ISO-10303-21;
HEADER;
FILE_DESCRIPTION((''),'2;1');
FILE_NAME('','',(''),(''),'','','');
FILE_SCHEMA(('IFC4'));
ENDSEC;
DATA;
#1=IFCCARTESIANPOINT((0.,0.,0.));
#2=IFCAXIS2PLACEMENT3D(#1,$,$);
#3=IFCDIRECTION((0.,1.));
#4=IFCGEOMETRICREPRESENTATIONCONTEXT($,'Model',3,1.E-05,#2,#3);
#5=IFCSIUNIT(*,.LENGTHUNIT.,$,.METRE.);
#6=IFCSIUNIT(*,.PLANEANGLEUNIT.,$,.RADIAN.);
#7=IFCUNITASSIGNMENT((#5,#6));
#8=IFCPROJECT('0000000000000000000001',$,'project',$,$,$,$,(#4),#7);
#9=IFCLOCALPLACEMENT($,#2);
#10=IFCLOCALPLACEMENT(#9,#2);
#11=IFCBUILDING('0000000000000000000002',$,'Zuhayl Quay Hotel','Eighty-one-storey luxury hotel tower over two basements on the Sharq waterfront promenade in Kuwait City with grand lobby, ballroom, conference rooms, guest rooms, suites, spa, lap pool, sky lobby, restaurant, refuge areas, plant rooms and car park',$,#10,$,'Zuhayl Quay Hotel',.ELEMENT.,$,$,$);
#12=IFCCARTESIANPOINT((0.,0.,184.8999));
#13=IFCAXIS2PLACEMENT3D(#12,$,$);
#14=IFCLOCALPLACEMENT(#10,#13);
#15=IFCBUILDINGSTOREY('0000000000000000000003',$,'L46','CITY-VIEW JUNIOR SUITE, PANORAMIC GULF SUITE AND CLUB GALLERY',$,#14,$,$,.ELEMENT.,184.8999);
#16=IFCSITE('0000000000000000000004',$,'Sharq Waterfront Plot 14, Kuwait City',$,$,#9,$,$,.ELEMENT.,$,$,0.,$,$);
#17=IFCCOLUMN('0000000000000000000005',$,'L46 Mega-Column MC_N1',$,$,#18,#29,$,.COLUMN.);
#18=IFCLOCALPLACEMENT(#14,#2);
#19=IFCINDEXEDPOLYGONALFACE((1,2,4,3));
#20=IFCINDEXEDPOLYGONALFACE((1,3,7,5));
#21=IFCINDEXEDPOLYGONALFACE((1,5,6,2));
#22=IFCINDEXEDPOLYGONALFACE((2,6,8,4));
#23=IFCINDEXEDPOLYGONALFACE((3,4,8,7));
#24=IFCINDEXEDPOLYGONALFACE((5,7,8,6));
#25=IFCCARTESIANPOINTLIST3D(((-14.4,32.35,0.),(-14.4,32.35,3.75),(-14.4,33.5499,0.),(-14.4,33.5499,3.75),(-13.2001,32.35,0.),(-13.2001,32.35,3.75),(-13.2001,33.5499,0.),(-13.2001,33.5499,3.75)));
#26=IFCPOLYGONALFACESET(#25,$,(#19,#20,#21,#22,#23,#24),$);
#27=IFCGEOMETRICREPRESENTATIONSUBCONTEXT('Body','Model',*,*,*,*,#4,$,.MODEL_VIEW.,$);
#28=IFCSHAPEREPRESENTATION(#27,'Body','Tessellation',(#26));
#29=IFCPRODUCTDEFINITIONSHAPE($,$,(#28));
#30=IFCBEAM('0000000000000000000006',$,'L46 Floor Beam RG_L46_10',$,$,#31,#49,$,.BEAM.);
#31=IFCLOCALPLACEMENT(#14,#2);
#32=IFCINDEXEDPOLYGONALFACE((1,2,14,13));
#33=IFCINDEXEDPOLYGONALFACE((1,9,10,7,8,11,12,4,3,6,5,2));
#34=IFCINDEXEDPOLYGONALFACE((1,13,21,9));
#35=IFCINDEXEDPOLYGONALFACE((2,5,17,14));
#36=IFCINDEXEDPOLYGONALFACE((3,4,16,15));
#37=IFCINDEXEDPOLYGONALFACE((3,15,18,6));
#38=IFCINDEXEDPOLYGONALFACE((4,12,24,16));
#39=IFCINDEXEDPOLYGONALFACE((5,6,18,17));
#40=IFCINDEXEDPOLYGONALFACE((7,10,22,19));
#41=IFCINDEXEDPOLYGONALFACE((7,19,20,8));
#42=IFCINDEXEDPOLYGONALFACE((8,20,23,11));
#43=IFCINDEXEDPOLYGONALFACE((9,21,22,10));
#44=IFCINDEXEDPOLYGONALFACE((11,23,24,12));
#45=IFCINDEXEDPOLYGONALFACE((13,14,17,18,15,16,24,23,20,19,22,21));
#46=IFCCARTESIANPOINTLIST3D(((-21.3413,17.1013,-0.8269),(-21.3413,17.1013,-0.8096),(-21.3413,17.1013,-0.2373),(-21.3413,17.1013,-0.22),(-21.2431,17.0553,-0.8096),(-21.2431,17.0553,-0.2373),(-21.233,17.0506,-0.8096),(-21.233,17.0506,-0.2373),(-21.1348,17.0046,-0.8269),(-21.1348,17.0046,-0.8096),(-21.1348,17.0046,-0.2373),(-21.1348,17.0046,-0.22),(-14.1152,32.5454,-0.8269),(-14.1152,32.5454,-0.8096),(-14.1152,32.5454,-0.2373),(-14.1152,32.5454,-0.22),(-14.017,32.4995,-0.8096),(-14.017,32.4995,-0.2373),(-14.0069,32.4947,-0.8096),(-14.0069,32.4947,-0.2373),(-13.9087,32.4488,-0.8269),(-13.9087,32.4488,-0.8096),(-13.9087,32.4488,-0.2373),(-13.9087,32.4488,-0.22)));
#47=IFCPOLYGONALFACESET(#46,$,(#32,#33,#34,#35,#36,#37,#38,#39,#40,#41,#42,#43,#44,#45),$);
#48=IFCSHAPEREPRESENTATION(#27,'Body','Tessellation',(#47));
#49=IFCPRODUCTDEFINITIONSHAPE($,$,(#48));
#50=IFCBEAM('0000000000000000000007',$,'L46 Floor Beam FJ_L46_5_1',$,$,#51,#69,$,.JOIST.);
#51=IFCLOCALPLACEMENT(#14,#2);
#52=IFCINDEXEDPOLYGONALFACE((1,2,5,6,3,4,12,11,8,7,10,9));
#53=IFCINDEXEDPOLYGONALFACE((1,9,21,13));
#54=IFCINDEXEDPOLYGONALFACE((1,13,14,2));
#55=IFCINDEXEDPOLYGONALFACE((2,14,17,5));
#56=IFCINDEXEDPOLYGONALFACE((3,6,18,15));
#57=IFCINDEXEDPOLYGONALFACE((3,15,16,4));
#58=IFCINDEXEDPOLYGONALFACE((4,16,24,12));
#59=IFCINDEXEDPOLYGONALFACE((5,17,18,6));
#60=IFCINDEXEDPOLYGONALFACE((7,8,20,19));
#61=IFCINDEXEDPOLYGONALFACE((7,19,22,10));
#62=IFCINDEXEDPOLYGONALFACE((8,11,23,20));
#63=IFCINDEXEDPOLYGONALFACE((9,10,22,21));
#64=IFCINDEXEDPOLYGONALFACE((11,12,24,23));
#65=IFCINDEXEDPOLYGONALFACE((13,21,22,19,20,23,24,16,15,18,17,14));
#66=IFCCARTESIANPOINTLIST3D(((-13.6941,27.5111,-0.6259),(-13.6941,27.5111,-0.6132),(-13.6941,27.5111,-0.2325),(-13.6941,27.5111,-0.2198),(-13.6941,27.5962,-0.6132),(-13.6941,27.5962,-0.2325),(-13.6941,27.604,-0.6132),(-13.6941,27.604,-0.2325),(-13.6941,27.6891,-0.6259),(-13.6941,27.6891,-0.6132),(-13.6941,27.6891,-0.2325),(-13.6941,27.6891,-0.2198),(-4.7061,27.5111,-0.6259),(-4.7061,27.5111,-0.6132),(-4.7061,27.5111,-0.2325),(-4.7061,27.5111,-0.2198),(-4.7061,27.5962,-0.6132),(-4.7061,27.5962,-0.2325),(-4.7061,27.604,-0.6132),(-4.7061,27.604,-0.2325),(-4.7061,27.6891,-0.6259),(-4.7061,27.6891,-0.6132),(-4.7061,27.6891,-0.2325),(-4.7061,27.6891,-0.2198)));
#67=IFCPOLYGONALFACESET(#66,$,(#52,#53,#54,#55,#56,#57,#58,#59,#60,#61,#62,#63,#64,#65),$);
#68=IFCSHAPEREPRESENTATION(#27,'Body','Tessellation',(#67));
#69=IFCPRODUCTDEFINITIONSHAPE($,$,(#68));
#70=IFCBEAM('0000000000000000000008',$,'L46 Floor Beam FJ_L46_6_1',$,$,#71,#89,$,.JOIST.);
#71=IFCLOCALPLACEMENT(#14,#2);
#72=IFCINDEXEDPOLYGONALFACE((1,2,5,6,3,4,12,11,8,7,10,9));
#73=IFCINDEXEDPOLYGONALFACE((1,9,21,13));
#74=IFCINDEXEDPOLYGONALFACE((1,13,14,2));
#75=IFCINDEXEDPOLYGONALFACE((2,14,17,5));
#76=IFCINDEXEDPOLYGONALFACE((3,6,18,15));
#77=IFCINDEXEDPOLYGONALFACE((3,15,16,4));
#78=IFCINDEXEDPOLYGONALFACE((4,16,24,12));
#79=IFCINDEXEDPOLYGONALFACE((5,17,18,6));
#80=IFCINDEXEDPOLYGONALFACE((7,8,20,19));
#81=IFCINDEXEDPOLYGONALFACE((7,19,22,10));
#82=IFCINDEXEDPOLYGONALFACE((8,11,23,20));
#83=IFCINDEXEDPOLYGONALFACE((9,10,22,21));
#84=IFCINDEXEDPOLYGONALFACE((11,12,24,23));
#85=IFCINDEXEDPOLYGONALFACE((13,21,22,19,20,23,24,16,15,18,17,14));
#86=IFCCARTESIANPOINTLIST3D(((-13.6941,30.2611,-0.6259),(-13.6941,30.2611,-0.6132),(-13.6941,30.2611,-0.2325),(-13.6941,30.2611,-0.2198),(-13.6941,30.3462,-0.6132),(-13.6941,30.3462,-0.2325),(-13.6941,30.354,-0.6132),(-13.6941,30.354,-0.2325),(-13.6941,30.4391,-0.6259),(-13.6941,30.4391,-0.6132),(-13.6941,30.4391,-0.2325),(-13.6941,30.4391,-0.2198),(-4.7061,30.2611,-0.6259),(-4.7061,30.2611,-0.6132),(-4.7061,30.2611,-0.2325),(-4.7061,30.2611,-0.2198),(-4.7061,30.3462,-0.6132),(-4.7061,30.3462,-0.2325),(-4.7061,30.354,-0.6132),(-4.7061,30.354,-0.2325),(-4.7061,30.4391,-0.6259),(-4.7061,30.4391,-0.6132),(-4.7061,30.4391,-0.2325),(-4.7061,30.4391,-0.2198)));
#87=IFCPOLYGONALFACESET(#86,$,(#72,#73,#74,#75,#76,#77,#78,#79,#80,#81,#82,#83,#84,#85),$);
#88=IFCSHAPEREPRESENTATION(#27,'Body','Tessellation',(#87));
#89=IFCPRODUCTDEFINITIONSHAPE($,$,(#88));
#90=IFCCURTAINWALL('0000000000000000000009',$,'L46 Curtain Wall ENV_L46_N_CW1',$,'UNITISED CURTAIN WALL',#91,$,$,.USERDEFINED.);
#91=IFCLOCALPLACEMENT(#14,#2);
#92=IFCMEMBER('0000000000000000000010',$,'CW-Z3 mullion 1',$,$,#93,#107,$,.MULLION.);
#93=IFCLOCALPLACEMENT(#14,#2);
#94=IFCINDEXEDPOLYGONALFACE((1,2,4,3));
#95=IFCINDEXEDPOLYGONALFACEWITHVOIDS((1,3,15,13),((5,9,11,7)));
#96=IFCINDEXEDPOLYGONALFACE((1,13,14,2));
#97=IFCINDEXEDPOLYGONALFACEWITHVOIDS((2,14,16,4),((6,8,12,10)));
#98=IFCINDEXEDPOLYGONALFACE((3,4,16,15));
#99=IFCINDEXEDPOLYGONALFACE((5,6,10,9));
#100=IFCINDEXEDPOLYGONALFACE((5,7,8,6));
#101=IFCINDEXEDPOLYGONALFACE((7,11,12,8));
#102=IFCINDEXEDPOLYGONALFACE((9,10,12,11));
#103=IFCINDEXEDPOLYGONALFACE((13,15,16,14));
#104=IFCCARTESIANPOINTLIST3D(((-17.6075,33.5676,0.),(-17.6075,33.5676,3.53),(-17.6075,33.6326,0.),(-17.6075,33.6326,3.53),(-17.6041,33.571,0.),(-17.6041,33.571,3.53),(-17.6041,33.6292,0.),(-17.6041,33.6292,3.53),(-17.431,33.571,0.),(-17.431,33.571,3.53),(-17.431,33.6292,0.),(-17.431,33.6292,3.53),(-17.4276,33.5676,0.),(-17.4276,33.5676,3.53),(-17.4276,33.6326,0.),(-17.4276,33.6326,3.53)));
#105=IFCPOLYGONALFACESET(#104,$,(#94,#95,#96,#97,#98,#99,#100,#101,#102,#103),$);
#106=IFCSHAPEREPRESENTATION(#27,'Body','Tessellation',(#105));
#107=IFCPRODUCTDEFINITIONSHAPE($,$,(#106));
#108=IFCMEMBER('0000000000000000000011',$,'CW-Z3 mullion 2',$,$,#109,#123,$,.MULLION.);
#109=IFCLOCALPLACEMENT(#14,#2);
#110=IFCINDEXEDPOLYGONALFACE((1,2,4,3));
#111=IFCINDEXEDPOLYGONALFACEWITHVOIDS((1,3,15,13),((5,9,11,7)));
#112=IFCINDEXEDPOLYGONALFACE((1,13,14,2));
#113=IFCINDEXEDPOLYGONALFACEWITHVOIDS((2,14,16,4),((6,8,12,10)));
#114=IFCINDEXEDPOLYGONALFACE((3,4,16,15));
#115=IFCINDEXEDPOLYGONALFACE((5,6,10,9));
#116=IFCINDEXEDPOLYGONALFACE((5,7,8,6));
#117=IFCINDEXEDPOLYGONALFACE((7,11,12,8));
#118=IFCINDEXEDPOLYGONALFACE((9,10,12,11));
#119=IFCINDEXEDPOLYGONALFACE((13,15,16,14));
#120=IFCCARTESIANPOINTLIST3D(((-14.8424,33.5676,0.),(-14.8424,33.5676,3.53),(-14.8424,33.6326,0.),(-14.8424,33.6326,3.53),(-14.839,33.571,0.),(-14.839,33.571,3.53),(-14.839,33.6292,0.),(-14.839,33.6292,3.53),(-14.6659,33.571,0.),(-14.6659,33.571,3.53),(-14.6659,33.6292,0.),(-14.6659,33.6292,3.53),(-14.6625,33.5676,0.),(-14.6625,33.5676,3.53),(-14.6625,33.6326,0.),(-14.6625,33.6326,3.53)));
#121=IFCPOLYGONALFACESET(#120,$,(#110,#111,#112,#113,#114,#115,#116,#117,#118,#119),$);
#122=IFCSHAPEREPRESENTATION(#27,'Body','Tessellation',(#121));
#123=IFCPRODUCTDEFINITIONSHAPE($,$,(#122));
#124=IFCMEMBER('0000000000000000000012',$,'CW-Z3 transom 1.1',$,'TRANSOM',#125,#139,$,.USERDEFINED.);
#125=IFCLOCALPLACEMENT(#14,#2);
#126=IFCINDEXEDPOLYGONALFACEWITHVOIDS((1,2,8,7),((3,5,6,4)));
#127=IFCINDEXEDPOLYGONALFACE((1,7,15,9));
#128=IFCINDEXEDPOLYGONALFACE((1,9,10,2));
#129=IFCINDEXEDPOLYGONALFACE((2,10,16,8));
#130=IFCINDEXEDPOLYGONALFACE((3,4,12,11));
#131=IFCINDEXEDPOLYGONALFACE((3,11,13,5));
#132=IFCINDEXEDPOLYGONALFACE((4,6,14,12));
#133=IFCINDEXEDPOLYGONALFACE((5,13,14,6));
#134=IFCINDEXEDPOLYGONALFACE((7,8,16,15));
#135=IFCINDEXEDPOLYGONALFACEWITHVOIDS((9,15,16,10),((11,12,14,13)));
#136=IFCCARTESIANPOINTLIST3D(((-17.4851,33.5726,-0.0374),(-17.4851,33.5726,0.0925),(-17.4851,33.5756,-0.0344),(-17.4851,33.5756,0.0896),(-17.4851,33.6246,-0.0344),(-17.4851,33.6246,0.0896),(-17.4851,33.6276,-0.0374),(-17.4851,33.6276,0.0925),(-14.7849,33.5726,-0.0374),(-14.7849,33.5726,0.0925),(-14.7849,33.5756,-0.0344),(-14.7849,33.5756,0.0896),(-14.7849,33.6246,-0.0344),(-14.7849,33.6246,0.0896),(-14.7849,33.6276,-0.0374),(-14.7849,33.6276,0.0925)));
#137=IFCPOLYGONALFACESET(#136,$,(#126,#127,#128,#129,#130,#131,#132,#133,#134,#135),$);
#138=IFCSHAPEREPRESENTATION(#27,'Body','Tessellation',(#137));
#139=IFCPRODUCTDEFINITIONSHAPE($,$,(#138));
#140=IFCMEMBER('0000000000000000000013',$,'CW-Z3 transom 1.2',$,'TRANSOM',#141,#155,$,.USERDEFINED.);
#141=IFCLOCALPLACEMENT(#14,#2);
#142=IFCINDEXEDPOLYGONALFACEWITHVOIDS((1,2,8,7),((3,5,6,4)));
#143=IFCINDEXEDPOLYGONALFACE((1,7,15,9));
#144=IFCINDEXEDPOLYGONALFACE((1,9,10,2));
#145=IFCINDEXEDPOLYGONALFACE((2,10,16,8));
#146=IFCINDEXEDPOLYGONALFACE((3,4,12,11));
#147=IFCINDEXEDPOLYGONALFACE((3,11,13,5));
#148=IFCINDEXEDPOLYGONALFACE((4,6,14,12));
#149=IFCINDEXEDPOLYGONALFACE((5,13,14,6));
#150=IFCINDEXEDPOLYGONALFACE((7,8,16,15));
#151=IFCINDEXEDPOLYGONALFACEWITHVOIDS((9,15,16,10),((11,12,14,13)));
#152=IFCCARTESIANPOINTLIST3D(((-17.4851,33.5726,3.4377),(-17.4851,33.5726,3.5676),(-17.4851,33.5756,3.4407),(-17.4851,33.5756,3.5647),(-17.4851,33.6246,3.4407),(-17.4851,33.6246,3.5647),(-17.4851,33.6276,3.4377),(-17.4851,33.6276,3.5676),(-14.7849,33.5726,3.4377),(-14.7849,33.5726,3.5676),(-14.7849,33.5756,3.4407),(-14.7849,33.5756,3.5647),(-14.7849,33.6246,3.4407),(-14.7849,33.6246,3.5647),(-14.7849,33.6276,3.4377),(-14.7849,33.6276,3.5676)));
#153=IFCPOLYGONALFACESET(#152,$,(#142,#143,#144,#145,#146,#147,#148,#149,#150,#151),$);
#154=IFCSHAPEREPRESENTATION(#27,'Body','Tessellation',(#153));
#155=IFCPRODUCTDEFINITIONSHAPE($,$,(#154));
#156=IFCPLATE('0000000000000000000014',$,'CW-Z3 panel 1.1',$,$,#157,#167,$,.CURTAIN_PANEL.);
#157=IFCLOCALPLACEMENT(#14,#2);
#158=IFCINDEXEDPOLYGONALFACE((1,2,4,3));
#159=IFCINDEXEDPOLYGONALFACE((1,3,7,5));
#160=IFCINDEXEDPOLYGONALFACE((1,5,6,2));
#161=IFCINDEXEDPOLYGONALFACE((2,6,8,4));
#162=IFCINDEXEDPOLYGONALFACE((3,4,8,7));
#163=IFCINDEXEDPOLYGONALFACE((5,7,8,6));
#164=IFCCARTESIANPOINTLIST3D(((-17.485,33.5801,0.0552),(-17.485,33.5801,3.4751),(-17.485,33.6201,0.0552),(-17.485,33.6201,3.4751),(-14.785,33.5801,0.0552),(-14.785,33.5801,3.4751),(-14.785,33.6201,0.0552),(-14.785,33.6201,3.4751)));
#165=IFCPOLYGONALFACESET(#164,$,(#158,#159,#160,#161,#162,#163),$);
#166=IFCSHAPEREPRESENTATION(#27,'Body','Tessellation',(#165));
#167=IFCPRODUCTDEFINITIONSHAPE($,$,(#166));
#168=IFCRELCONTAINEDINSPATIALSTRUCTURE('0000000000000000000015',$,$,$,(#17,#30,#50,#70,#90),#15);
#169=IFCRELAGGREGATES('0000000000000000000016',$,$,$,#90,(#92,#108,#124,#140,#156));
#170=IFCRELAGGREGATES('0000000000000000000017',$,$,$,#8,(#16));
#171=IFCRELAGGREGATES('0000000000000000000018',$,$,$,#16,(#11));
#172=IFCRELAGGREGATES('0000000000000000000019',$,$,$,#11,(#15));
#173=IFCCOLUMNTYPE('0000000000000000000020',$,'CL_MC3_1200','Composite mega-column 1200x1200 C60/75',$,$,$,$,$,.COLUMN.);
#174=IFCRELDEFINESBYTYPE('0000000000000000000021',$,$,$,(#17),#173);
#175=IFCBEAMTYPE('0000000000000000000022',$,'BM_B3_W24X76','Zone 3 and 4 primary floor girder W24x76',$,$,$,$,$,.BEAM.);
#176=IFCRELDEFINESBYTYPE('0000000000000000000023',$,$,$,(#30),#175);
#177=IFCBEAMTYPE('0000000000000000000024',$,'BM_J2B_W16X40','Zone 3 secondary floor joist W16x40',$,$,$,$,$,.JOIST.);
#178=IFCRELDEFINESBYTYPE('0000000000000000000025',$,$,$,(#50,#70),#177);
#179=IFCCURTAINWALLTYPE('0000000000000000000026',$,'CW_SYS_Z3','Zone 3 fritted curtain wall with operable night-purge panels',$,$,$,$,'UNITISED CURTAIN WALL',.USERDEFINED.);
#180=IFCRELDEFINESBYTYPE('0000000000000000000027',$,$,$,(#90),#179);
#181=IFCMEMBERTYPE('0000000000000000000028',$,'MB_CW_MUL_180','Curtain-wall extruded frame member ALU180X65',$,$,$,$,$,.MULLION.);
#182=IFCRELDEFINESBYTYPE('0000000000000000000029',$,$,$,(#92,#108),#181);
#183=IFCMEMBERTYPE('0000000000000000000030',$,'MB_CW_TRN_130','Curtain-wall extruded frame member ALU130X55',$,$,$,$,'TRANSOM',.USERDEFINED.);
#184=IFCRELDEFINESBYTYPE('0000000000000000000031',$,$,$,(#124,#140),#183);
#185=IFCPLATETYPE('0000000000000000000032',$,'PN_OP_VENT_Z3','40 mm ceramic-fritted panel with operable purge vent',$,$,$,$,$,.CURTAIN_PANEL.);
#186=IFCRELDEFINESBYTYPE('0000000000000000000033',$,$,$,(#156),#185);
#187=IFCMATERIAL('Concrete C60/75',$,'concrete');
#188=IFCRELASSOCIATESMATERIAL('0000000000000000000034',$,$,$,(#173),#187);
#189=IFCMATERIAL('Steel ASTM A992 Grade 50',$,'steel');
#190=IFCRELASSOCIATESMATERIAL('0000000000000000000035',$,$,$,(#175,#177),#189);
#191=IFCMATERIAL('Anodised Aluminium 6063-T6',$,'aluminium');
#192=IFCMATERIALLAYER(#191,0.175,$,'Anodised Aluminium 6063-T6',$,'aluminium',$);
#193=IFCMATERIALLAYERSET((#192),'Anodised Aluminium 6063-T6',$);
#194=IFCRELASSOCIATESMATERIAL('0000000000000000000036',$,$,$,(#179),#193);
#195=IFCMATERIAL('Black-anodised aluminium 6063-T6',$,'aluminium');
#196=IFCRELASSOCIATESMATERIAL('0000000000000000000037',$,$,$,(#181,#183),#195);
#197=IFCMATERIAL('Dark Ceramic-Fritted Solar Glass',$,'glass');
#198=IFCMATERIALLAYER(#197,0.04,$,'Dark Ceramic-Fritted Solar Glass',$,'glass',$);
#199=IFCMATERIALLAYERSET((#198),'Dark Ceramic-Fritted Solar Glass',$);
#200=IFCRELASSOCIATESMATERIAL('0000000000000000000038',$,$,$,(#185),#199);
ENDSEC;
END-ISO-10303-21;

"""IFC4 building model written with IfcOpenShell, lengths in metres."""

from ifc_helpers import new_model, si_unit, direction, frame, origin, origin_2d, place, context, subcontext, project, spatial, rectangle, hollow_rectangle, i_section, extrude, material, layer, layer_set, material_profile, profile_set, type_object, element, aggregate, save


model = new_model("IFC4")

# Units and contexts
model_context = context("Model", 3, precision=1e-05, world=origin(), true_north=direction((0.0, 1.0)))
body_context = subcontext(model_context, "Body", "Model", "MODEL_VIEW")
ifc_project = project(units=[si_unit("LENGTHUNIT", "METRE"), si_unit("PLANEANGLEUNIT", "RADIAN")], contexts=[model_context])

# Site, building, storey
site_placement = place(None, origin())
site = spatial("IfcSite", under=ifc_project, at=site_placement, Name="Sharq Waterfront Plot 14, Kuwait City", CompositionType="ELEMENT", RefElevation=0.0)
building_placement = place(site_placement, origin())
building = spatial("IfcBuilding", under=site, at=building_placement, Name="Zuhayl Quay Hotel", Description="Eighty-one-storey luxury hotel tower over two basements on the Sharq waterfront promenade in Kuwait City with grand lobby, ballroom, conference rooms, guest rooms, suites, spa, lap pool, sky lobby, restaurant, refuge areas, plant rooms and car park", LongName="Zuhayl Quay Hotel", CompositionType="ELEMENT")
storey_placement = place(building_placement, frame((0.0, 0.0, 184.8999)))
storey = spatial("IfcBuildingStorey", under=building, at=storey_placement, Name="L46", Description="CITY-VIEW JUNIOR SUITE, PANORAMIC GULF SUITE AND CLUB GALLERY", CompositionType="ELEMENT", Elevation=184.8999)

# Column
ifc_material_1 = material(Name="Concrete C60/75", Category="concrete")
ifc_material_profile_1 = material_profile(ifc_material_1, rectangle(XDim=1.2, YDim=1.2, at=origin_2d()), Name="RC1200X1200")
ifc_profile_set_1 = profile_set([ifc_material_profile_1], Name="Concrete C60/75")
column_type = type_object("IfcColumnType", Name="CL_MC3_1200", Description="Composite mega-column 1200x1200 C60/75", PredefinedType="COLUMN", material=ifc_profile_set_1)
column_placement = place(storey_placement, frame((-13.8, 32.95, 0.0), z_axis=(0.0, 0.0, 1.0), x_axis=(1.0, 0.0, 0.0)))
element("IfcColumn", 1, at=column_placement, inside=storey, type_object=column_type, Name="L46 Mega-Column MC_N1", PredefinedType="COLUMN", context=body_context, shape_type="SweptSolid", body=[
    extrude(rectangle(XDim=1.2, YDim=1.2, at=origin_2d()), origin(), (0.0, 0.0, 1.0), 3.75),
])

# Beams
ifc_material_2 = material(Name="Steel ASTM A992 Grade 50", Category="steel")
ifc_material_profile_2 = material_profile(ifc_material_2, i_section(OverallWidth=0.228, OverallDepth=0.6069, WebThickness=0.0112, FlangeThickness=0.0173, at=origin_2d()), Name="W24X76")
ifc_profile_set_2 = profile_set([ifc_material_profile_2], Name="Steel ASTM A992 Grade 50")
beam_type_1 = type_object("IfcBeamType", Name="BM_B3_W24X76", Description="Zone 3 and 4 primary floor girder W24x76", PredefinedType="BEAM", material=ifc_profile_set_2)
beam_placement = place(storey_placement, frame((-14.012, 32.4971, -0.5234), z_axis=(-0.423792, -0.905759, 0.0), x_axis=(0.905759, -0.423792, 0.0)))
element("IfcBeam", 2, at=beam_placement, inside=storey, type_object=beam_type_1, Name="L46 Floor Beam RG_L46_10", PredefinedType="BEAM", context=body_context, shape_type="SweptSolid", body=[
    extrude(i_section(OverallWidth=0.228, OverallDepth=0.6069, WebThickness=0.0112, FlangeThickness=0.0173, at=origin_2d()), origin(), (0.0, 0.0, 1.0), 17.051),
])
ifc_material_profile_3 = material_profile(ifc_material_2, i_section(OverallWidth=0.178, OverallDepth=0.406, WebThickness=0.0078, FlangeThickness=0.0127, at=origin_2d()), Name="W16X40")
ifc_profile_set_3 = profile_set([ifc_material_profile_3], Name="Steel ASTM A992 Grade 50")
beam_type_2 = type_object("IfcBeamType", Name="BM_J2B_W16X40", Description="Zone 3 secondary floor joist W16x40", PredefinedType="JOIST", material=ifc_profile_set_3)
for number, where, z_axis, x_axis, name in (
    (3, (-13.6941, 27.6001, -0.4229), (1.0, 0.0, 0.0), (0.0, 1.0, 0.0), "L46 Floor Beam FJ_L46_5_1"),
    (4, (-13.6941, 30.3501, -0.4229), (1.0, 0.0, 0.0), (0.0, 1.0, 0.0), "L46 Floor Beam FJ_L46_6_1"),
):
    element("IfcBeam", number, at=place(storey_placement, frame(where, z_axis=z_axis, x_axis=x_axis)), inside=storey, type_object=beam_type_2, Name=name, PredefinedType="JOIST", context=body_context, shape_type="SweptSolid", body=[
        extrude(i_section(OverallWidth=0.178, OverallDepth=0.406, WebThickness=0.0078, FlangeThickness=0.0127, at=origin_2d()), origin(), (0.0, 0.0, 1.0), 8.988),
    ])

# Curtain wall, members, plate
ifc_material_3 = material(Name="Anodised Aluminium 6063-T6", Category="aluminium")
ifc_layer_1 = layer(ifc_material_3, 0.175, Name="Anodised Aluminium 6063-T6", Category="aluminium")
ifc_layer_set_1 = layer_set([ifc_layer_1], Name="Anodised Aluminium 6063-T6")
curtain_wall_type = type_object("IfcCurtainWallType", Name="CW_SYS_Z3", Description="Zone 3 fritted curtain wall with operable night-purge panels", ElementType="UNITISED CURTAIN WALL", PredefinedType="USERDEFINED", material=ifc_layer_set_1)
curtain_wall_placement = place(storey_placement, origin())
curtain_wall = element("IfcCurtainWall", 5, at=curtain_wall_placement, inside=storey, type_object=curtain_wall_type, Name="L46 Curtain Wall ENV_L46_N_CW1", ObjectType="UNITISED CURTAIN WALL", PredefinedType="USERDEFINED")
ifc_material_4 = material(Name="Black-anodised aluminium 6063-T6", Category="aluminium")
ifc_material_profile_4 = material_profile(ifc_material_4, hollow_rectangle(XDim=0.0649, YDim=0.1799, WallThickness=0.0034, at=origin_2d()), Name="ALU180X65")
ifc_profile_set_4 = profile_set([ifc_material_profile_4], Name="Black-anodised aluminium 6063-T6")
member_type_1 = type_object("IfcMemberType", Name="MB_CW_MUL_180", Description="Curtain-wall extruded frame member ALU180X65", PredefinedType="MULLION", material=ifc_profile_set_4)
member_1_placement = place(storey_placement, frame((-17.5176, 33.6001, 0.0), z_axis=(0.0, 0.0, 1.0), x_axis=(0.0, 1.0, 0.0)))
member_1 = element("IfcMember", 6, at=member_1_placement, type_object=member_type_1, Name="CW-Z3 mullion 1", PredefinedType="MULLION", context=body_context, shape_type="SweptSolid", body=[
    extrude(hollow_rectangle(XDim=0.0649, YDim=0.1799, WallThickness=0.0034, at=origin_2d()), origin(), (0.0, 0.0, 1.0), 3.53),
])
member_2_placement = place(storey_placement, frame((-14.7524, 33.6001, 0.0), z_axis=(0.0, 0.0, 1.0), x_axis=(0.0, 1.0, 0.0)))
member_2 = element("IfcMember", 7, at=member_2_placement, type_object=member_type_1, Name="CW-Z3 mullion 2", PredefinedType="MULLION", context=body_context, shape_type="SweptSolid", body=[
    extrude(hollow_rectangle(XDim=0.0649, YDim=0.1799, WallThickness=0.0034, at=origin_2d()), origin(), (0.0, 0.0, 1.0), 3.53),
])
ifc_material_profile_5 = material_profile(ifc_material_4, hollow_rectangle(XDim=0.0549, YDim=0.1299, WallThickness=0.0029, at=origin_2d()), Name="ALU130X55")
ifc_profile_set_5 = profile_set([ifc_material_profile_5], Name="Black-anodised aluminium 6063-T6")
member_type_2 = type_object("IfcMemberType", Name="MB_CW_TRN_130", Description="Curtain-wall extruded frame member ALU130X55", ElementType="TRANSOM", PredefinedType="USERDEFINED", material=ifc_profile_set_5)
member_3_placement = place(storey_placement, frame((-17.4851, 33.6001, 0.0276), z_axis=(1.0, 0.0, 0.0), x_axis=(0.0, 1.0, 0.0)))
member_3 = element("IfcMember", 8, at=member_3_placement, type_object=member_type_2, Name="CW-Z3 transom 1.1", ObjectType="TRANSOM", PredefinedType="USERDEFINED", context=body_context, shape_type="SweptSolid", body=[
    extrude(hollow_rectangle(XDim=0.0549, YDim=0.1299, WallThickness=0.0029, at=origin_2d()), origin(), (0.0, 0.0, 1.0), 2.7002),
])
member_4_placement = place(storey_placement, frame((-17.4851, 33.6001, 3.5027), z_axis=(1.0, 0.0, 0.0), x_axis=(0.0, 1.0, 0.0)))
member_4 = element("IfcMember", 9, at=member_4_placement, type_object=member_type_2, Name="CW-Z3 transom 1.2", ObjectType="TRANSOM", PredefinedType="USERDEFINED", context=body_context, shape_type="SweptSolid", body=[
    extrude(hollow_rectangle(XDim=0.0549, YDim=0.1299, WallThickness=0.0029, at=origin_2d()), origin(), (0.0, 0.0, 1.0), 2.7002),
])
ifc_material_5 = material(Name="Dark Ceramic-Fritted Solar Glass", Category="glass")
ifc_layer_2 = layer(ifc_material_5, 0.04, Name="Dark Ceramic-Fritted Solar Glass", Category="glass")
ifc_layer_set_2 = layer_set([ifc_layer_2], Name="Dark Ceramic-Fritted Solar Glass")
plate_type = type_object("IfcPlateType", Name="PN_OP_VENT_Z3", Description="40 mm ceramic-fritted panel with operable purge vent", PredefinedType="CURTAIN_PANEL", material=ifc_layer_set_2)
plate_placement = place(storey_placement, frame((-16.135, 33.6001, 0.0552), z_axis=(0.0, 0.0, 1.0), x_axis=(1.0, 0.0, 0.0)))
plate = element("IfcPlate", 10, at=plate_placement, type_object=plate_type, Name="CW-Z3 panel 1.1", PredefinedType="CURTAIN_PANEL", context=body_context, shape_type="SweptSolid", body=[
    extrude(rectangle(XDim=2.7, YDim=0.04, at=origin_2d()), origin(), (0.0, 0.0, 1.0), 3.4199),
])
aggregate(curtain_wall, [member_1, member_2, member_3, member_4, plate])

save(model, "model.ifc")
